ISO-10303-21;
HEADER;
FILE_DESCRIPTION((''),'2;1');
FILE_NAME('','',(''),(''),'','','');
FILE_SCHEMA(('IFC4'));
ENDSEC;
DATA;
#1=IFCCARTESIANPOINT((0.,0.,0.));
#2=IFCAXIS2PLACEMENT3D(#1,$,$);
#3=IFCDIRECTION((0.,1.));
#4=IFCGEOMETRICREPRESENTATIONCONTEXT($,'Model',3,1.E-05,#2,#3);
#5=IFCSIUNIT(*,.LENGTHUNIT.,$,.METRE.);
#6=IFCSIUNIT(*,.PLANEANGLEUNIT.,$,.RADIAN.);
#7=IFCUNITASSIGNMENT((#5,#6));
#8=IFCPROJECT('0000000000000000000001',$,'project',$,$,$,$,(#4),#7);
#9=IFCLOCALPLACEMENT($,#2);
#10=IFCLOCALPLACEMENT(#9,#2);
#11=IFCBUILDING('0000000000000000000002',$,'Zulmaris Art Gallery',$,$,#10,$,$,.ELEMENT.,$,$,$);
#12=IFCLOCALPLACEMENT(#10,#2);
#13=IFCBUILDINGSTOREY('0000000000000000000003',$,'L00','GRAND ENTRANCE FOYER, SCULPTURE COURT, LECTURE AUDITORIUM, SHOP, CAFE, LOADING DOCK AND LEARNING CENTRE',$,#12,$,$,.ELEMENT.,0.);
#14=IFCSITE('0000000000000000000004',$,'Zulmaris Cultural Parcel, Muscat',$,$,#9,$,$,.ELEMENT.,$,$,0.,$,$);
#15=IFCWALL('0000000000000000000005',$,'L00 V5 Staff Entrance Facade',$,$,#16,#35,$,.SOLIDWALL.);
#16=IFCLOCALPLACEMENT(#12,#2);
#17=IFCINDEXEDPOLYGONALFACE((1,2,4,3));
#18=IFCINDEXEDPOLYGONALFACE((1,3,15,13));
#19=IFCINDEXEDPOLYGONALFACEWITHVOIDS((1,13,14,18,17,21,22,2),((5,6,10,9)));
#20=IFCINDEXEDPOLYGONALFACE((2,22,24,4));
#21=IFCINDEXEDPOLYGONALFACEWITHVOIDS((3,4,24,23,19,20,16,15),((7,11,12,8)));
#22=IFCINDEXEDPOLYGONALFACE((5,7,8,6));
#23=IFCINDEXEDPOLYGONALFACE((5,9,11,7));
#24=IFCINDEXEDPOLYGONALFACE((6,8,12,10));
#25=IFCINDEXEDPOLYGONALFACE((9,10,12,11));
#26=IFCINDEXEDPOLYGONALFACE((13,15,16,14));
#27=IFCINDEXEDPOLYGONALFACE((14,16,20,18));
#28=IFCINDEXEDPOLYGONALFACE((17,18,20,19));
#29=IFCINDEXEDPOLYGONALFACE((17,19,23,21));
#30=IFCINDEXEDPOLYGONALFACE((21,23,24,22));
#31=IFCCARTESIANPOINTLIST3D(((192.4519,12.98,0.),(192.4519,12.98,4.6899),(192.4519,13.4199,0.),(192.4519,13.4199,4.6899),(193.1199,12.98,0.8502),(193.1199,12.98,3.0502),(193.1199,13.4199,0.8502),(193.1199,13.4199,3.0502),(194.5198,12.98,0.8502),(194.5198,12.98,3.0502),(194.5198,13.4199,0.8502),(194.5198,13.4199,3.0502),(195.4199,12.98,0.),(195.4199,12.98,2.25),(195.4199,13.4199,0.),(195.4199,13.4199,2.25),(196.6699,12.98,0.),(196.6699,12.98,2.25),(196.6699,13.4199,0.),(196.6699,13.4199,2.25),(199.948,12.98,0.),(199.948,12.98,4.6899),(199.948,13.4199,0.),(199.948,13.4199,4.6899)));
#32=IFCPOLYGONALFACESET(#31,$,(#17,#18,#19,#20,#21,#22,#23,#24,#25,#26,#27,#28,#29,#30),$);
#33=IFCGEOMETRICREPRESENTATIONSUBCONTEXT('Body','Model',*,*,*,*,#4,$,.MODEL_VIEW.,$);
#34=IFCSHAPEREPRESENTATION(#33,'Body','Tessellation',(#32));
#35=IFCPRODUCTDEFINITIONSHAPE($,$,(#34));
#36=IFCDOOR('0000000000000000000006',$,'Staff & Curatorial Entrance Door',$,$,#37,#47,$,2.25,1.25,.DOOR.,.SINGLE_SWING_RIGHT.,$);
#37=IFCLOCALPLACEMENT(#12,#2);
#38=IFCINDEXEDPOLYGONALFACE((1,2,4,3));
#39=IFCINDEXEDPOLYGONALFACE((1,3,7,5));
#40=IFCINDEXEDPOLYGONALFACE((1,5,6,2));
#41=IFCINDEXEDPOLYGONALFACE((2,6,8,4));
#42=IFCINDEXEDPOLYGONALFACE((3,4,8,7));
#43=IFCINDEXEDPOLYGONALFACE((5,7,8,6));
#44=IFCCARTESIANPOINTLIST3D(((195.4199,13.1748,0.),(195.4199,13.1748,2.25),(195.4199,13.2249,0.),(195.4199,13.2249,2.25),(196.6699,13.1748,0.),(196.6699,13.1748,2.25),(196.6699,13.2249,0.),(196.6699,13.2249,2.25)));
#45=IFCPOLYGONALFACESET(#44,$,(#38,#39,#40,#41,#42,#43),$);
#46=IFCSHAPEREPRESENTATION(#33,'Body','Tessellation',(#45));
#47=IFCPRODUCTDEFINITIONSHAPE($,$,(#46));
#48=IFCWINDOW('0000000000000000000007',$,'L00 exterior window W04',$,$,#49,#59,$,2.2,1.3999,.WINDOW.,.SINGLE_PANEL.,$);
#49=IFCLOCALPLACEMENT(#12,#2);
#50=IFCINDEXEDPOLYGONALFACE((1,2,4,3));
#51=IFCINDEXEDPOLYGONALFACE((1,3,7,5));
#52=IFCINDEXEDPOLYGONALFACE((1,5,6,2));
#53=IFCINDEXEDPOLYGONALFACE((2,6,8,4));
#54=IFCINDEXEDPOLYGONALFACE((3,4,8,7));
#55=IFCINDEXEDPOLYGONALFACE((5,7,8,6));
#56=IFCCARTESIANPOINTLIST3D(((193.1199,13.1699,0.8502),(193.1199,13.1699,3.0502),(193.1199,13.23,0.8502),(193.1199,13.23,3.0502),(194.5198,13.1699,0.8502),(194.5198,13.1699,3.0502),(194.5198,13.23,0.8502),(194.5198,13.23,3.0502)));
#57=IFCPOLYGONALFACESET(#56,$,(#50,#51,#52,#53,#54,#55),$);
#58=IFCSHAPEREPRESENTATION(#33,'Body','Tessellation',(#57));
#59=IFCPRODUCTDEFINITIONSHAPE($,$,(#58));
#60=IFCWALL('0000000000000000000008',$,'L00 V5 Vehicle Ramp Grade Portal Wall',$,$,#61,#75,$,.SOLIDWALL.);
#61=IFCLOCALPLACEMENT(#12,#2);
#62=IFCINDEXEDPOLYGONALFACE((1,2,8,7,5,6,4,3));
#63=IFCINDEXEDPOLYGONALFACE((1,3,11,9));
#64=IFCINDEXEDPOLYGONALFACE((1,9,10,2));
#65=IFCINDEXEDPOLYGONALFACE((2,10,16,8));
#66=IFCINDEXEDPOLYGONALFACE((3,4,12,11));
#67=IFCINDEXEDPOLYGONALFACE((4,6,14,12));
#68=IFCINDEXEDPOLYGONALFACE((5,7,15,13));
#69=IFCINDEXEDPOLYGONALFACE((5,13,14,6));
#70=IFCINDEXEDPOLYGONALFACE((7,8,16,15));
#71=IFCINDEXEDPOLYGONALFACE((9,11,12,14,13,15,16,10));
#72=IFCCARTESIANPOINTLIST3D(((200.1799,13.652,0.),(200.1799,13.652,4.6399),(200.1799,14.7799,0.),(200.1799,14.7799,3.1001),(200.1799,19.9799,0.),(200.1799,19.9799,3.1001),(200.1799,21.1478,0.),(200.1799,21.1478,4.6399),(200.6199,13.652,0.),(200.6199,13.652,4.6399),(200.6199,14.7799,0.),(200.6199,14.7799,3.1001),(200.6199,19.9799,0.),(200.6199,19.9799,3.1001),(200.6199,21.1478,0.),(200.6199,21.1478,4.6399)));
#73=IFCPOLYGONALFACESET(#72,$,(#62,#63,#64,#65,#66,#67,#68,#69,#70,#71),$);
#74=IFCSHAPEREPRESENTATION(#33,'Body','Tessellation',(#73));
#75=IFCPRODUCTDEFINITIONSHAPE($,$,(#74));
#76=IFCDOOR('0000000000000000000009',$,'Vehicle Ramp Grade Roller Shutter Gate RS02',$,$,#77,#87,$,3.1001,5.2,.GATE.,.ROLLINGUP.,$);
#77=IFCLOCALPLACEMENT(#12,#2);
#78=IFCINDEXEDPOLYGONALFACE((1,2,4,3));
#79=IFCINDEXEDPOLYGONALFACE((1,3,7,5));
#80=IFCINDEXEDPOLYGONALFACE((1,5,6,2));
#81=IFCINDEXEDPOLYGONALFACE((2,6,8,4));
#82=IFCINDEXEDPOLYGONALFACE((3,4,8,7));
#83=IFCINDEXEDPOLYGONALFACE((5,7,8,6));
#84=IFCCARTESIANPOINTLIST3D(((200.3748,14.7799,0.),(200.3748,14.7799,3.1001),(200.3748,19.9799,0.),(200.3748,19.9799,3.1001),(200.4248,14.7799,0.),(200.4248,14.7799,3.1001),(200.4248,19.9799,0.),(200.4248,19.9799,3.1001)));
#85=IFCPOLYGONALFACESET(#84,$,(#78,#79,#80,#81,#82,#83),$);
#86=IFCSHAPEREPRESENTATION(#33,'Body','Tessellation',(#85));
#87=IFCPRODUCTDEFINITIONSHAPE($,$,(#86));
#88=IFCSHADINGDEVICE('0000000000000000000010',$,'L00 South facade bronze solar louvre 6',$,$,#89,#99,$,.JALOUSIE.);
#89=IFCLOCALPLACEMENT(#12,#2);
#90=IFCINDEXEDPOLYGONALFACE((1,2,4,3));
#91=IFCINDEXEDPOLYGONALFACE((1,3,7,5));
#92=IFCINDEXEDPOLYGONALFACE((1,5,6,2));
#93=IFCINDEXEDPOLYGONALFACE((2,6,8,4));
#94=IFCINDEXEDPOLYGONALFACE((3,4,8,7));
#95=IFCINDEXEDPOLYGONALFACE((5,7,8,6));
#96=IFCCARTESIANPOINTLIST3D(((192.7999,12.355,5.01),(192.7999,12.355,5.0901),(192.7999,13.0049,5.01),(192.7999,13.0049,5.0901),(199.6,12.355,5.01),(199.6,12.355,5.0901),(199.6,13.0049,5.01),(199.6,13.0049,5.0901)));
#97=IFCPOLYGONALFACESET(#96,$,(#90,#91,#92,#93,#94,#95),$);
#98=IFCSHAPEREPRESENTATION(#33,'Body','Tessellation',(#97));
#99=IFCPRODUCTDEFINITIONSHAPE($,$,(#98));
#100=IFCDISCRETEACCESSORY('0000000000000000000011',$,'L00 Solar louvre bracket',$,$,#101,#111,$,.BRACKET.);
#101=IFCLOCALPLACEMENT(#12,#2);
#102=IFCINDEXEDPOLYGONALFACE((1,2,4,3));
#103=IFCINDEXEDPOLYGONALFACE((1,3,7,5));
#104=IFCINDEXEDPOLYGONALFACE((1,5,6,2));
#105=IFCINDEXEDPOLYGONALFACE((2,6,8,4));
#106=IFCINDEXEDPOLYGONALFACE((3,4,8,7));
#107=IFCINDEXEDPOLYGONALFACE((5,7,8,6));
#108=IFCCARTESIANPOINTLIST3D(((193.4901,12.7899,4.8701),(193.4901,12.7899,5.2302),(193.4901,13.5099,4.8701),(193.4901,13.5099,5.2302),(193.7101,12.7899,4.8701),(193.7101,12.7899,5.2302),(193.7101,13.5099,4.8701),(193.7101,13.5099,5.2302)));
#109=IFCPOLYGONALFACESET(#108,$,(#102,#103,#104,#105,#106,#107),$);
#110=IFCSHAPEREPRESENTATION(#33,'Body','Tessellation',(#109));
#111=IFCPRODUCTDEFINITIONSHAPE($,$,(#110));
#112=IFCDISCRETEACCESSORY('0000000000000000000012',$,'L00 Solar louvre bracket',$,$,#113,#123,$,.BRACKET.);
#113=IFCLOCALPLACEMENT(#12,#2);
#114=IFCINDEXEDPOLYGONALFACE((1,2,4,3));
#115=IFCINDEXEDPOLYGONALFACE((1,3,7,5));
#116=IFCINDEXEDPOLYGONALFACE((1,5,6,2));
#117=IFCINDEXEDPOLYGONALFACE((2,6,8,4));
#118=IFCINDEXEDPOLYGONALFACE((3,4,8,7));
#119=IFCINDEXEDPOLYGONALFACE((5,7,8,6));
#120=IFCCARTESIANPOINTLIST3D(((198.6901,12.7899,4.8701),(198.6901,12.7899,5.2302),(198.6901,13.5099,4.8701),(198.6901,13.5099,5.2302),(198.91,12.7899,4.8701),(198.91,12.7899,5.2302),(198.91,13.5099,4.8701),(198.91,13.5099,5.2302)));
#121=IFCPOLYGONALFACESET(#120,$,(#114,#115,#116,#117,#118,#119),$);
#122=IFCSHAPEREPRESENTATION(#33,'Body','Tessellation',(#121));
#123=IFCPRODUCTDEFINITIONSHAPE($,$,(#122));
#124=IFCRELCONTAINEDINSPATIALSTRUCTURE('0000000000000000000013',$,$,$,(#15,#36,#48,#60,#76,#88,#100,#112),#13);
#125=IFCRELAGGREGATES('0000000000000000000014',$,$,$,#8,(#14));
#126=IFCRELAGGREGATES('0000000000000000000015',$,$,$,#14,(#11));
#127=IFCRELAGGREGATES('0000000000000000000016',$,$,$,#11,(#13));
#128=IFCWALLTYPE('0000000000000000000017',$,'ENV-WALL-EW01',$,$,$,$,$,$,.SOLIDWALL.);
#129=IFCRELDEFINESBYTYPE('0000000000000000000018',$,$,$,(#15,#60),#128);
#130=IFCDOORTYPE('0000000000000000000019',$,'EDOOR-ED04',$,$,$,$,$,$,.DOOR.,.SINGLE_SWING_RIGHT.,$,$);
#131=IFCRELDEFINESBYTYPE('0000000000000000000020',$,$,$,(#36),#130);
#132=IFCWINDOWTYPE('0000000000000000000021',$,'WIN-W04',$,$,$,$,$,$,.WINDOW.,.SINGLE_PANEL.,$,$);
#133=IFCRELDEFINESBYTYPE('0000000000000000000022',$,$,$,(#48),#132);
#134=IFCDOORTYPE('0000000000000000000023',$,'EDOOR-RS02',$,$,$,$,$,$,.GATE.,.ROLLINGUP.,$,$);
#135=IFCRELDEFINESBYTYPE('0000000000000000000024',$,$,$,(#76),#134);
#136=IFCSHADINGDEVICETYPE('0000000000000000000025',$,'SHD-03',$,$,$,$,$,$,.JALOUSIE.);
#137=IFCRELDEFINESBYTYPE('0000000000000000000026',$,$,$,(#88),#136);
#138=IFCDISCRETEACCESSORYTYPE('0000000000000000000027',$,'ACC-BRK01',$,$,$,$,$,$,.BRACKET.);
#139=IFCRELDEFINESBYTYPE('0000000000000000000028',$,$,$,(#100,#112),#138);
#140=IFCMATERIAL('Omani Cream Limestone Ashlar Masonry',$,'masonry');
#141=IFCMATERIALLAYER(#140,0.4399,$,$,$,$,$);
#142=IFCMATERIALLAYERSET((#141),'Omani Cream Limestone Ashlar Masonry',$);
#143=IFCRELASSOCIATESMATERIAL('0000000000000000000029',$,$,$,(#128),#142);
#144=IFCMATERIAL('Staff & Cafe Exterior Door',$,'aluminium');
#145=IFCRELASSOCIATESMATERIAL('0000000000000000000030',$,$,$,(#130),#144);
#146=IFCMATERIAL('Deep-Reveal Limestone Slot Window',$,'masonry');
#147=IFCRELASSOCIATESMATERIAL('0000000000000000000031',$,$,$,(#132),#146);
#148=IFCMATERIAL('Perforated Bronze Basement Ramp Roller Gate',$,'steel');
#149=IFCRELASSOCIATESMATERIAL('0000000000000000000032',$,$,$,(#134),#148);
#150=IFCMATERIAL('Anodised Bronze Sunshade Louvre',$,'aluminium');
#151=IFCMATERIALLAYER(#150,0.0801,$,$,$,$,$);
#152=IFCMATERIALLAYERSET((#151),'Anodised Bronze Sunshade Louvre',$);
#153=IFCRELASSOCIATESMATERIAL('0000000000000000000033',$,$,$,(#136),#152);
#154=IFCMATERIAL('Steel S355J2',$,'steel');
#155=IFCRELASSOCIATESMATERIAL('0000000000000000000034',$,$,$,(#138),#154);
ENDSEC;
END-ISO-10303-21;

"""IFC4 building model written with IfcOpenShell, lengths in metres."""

from ifc_helpers import new_model, si_unit, direction, frame, frame_2d, origin, origin_2d, place, context, subcontext, project, spatial, rectangle, extrude, material, layer, layer_set, type_object, element, fill, save


model = new_model("IFC4")

# Units and contexts
model_context = context("Model", 3, precision=1e-05, world=origin(), true_north=direction((0.0, 1.0)))
body_context = subcontext(model_context, "Body", "Model", "MODEL_VIEW")
ifc_project = project(units=[si_unit("LENGTHUNIT", "METRE"), si_unit("PLANEANGLEUNIT", "RADIAN")], contexts=[model_context])

# Site, building, storey
site_placement = place(None, origin())
site = spatial("IfcSite", under=ifc_project, at=site_placement, Name="Zulmaris Cultural Parcel, Muscat", CompositionType="ELEMENT", RefElevation=0.0)
building_placement = place(site_placement, origin())
building = spatial("IfcBuilding", under=site, at=building_placement, Name="Zulmaris Art Gallery", CompositionType="ELEMENT")
storey_placement = place(building_placement, origin())
storey = spatial("IfcBuildingStorey", under=building, at=storey_placement, Name="L00", Description="GRAND ENTRANCE FOYER, SCULPTURE COURT, LECTURE AUDITORIUM, SHOP, CAFE, LOADING DOCK AND LEARNING CENTRE", CompositionType="ELEMENT", Elevation=0.0)

# Shared definitions
ifc_material_1 = material(Name="Steel S355J2", Category="steel")

# Wall, openings, door, window
ifc_material_2 = material(Name="Omani Cream Limestone Ashlar Masonry", Category="masonry")
ifc_layer_1 = layer(ifc_material_2, 0.4399)
ifc_layer_set_1 = layer_set([ifc_layer_1], Name="Omani Cream Limestone Ashlar Masonry")
wall_type = type_object("IfcWallType", Name="ENV-WALL-EW01", PredefinedType="SOLIDWALL", material=ifc_layer_set_1)
wall_1_placement = place(storey_placement, frame((192.4519, 13.2, 0.0), z_axis=(0.0, 0.0, 1.0), x_axis=(1.0, 0.0, 0.0)))
wall_1 = element("IfcWall", 1, at=wall_1_placement, inside=storey, type_object=wall_type, Name="L00 V5 Staff Entrance Facade", PredefinedType="SOLIDWALL", context=body_context, shape_type="SweptSolid", body=[
    extrude(rectangle(XDim=7.4961, YDim=0.4399, at=frame_2d((3.748, 0.0))), origin(), (0.0, 0.0, 1.0), 4.6899),
])
opening_1_placement = place(wall_1_placement, frame((0.668, 0.0, 0.8501)))
opening_1 = element("IfcOpeningElement", 2, at=opening_1_placement, cuts=wall_1, PredefinedType="OPENING", context=body_context, shape_type="SweptSolid", body=[
    extrude(rectangle(XDim=1.3999, YDim=2.2, at=frame_2d((0.7, 1.1001))), frame((0.0, 0.23, 0.0), z_axis=(0.0, -1.0, 0.0), x_axis=(1.0, 0.0, 0.0)), (0.0, 0.0, 1.0), 0.46),
])
opening_2_placement = place(wall_1_placement, frame((2.968, 0.0, 0.0)))
opening_2 = element("IfcOpeningElement", 3, at=opening_2_placement, cuts=wall_1, PredefinedType="OPENING", context=body_context, shape_type="SweptSolid", body=[
    extrude(rectangle(XDim=1.25, YDim=2.25, at=frame_2d((0.625, 1.125))), frame((0.0, 0.23, 0.0), z_axis=(0.0, -1.0, 0.0), x_axis=(1.0, 0.0, 0.0)), (0.0, 0.0, 1.0), 0.46),
])
ifc_material_3 = material(Name="Staff & Cafe Exterior Door", Category="aluminium")
door_type_1 = type_object("IfcDoorType", Name="EDOOR-ED04", OperationType="SINGLE_SWING_RIGHT", PredefinedType="DOOR", material=ifc_material_3)
door_1_placement = place(opening_2_placement, origin())
door_1 = element("IfcDoor", 4, at=door_1_placement, inside=storey, type_object=door_type_1, Name="Staff & Curatorial Entrance Door", OperationType="SINGLE_SWING_RIGHT", OverallHeight=2.25, OverallWidth=1.25, PredefinedType="DOOR", context=body_context, shape_type="SweptSolid", body=[
    extrude(rectangle(XDim=1.25, YDim=2.25, at=frame_2d((0.625, 1.125))), frame((0.0, 0.0249, 0.0), z_axis=(0.0, -1.0, 0.0), x_axis=(1.0, 0.0, 0.0)), (0.0, 0.0, 1.0), 0.05),
])
fill(opening_2, door_1)
ifc_material_4 = material(Name="Deep-Reveal Limestone Slot Window", Category="masonry")
window_type = type_object("IfcWindowType", Name="WIN-W04", PartitioningType="SINGLE_PANEL", PredefinedType="WINDOW", material=ifc_material_4)
window_placement = place(opening_1_placement, origin())
window = element("IfcWindow", 5, at=window_placement, inside=storey, type_object=window_type, Name="L00 exterior window W04", OverallHeight=2.2, OverallWidth=1.3999, PartitioningType="SINGLE_PANEL", PredefinedType="WINDOW", context=body_context, shape_type="SweptSolid", body=[
    extrude(rectangle(XDim=1.3999, YDim=2.2, at=frame_2d((0.7, 1.1001))), frame((0.0, 0.03, 0.0), z_axis=(0.0, -1.0, 0.0), x_axis=(1.0, 0.0, 0.0)), (0.0, 0.0, 1.0), 0.0601),
])
fill(opening_1, window)

# Wall, opening, door
wall_2_placement = place(storey_placement, frame((200.3999, 21.1479, 0.0), z_axis=(0.0, 0.0, 1.0), x_axis=(0.0, -1.0, 0.0)))
wall_2 = element("IfcWall", 6, at=wall_2_placement, inside=storey, type_object=wall_type, Name="L00 V5 Vehicle Ramp Grade Portal Wall", PredefinedType="SOLIDWALL", context=body_context, shape_type="SweptSolid", body=[
    extrude(rectangle(XDim=7.4958, YDim=0.4399, at=frame_2d((3.748, 0.0))), origin(), (0.0, 0.0, 1.0), 4.6399),
])
opening_3_placement = place(wall_2_placement, frame((1.168, 0.0, 0.0)))
opening_3 = element("IfcOpeningElement", 7, at=opening_3_placement, cuts=wall_2, PredefinedType="OPENING", context=body_context, shape_type="SweptSolid", body=[
    extrude(rectangle(XDim=5.2, YDim=3.1001, at=frame_2d((2.6001, 1.55))), frame((0.0, 0.23, 0.0), z_axis=(0.0, -1.0, 0.0), x_axis=(1.0, 0.0, 0.0)), (0.0, 0.0, 1.0), 0.46),
])
ifc_material_5 = material(Name="Perforated Bronze Basement Ramp Roller Gate", Category="steel")
door_type_2 = type_object("IfcDoorType", Name="EDOOR-RS02", OperationType="ROLLINGUP", PredefinedType="GATE", material=ifc_material_5)
door_2_placement = place(opening_3_placement, origin())
door_2 = element("IfcDoor", 8, at=door_2_placement, inside=storey, type_object=door_type_2, Name="Vehicle Ramp Grade Roller Shutter Gate RS02", OperationType="ROLLINGUP", OverallHeight=3.1001, OverallWidth=5.2, PredefinedType="GATE", context=body_context, shape_type="SweptSolid", body=[
    extrude(rectangle(XDim=5.2, YDim=3.1001, at=frame_2d((2.6001, 1.55))), frame((0.0, 0.0249, 0.0), z_axis=(0.0, -1.0, 0.0), x_axis=(1.0, 0.0, 0.0)), (0.0, 0.0, 1.0), 0.05),
])
fill(opening_3, door_2)

# Shading device
ifc_material_6 = material(Name="Anodised Bronze Sunshade Louvre", Category="aluminium")
ifc_layer_2 = layer(ifc_material_6, 0.0801)
ifc_layer_set_2 = layer_set([ifc_layer_2], Name="Anodised Bronze Sunshade Louvre")
shading_device_type = type_object("IfcShadingDeviceType", Name="SHD-03", PredefinedType="JALOUSIE", material=ifc_layer_set_2)
shading_device_placement = place(storey_placement, frame((196.2, 12.6799, 5.01), z_axis=(0.0, 0.0, 1.0), x_axis=(1.0, 0.0, 0.0)))
element("IfcShadingDevice", 9, at=shading_device_placement, inside=storey, type_object=shading_device_type, Name="L00 South facade bronze solar louvre 6", PredefinedType="JALOUSIE", context=body_context, shape_type="SweptSolid", body=[
    extrude(rectangle(XDim=6.8, YDim=0.6499, at=origin_2d()), origin(), (0.0, 0.0, 1.0), 0.0801),
])

# Discrete accessories
discrete_accessory_type = type_object("IfcDiscreteAccessoryType", Name="ACC-BRK01", PredefinedType="BRACKET", material=ifc_material_1)
for number, where, z_axis, x_axis, name in (
    (10, (193.6001, 13.1499, 4.8701), (0.0, 0.0, 1.0), (1.0, 0.0, 0.0), "L00 Solar louvre bracket"),
    (11, (198.8, 13.1499, 4.8701), (0.0, 0.0, 1.0), (1.0, 0.0, 0.0), "L00 Solar louvre bracket"),
):
    element("IfcDiscreteAccessory", number, at=place(storey_placement, frame(where, z_axis=z_axis, x_axis=x_axis)), inside=storey, type_object=discrete_accessory_type, Name=name, PredefinedType="BRACKET", context=body_context, shape_type="SweptSolid", body=[
        extrude(rectangle(XDim=0.22, YDim=0.72, at=origin_2d()), origin(), (0.0, 0.0, 1.0), 0.3601),
    ])

save(model, "model.ifc")
